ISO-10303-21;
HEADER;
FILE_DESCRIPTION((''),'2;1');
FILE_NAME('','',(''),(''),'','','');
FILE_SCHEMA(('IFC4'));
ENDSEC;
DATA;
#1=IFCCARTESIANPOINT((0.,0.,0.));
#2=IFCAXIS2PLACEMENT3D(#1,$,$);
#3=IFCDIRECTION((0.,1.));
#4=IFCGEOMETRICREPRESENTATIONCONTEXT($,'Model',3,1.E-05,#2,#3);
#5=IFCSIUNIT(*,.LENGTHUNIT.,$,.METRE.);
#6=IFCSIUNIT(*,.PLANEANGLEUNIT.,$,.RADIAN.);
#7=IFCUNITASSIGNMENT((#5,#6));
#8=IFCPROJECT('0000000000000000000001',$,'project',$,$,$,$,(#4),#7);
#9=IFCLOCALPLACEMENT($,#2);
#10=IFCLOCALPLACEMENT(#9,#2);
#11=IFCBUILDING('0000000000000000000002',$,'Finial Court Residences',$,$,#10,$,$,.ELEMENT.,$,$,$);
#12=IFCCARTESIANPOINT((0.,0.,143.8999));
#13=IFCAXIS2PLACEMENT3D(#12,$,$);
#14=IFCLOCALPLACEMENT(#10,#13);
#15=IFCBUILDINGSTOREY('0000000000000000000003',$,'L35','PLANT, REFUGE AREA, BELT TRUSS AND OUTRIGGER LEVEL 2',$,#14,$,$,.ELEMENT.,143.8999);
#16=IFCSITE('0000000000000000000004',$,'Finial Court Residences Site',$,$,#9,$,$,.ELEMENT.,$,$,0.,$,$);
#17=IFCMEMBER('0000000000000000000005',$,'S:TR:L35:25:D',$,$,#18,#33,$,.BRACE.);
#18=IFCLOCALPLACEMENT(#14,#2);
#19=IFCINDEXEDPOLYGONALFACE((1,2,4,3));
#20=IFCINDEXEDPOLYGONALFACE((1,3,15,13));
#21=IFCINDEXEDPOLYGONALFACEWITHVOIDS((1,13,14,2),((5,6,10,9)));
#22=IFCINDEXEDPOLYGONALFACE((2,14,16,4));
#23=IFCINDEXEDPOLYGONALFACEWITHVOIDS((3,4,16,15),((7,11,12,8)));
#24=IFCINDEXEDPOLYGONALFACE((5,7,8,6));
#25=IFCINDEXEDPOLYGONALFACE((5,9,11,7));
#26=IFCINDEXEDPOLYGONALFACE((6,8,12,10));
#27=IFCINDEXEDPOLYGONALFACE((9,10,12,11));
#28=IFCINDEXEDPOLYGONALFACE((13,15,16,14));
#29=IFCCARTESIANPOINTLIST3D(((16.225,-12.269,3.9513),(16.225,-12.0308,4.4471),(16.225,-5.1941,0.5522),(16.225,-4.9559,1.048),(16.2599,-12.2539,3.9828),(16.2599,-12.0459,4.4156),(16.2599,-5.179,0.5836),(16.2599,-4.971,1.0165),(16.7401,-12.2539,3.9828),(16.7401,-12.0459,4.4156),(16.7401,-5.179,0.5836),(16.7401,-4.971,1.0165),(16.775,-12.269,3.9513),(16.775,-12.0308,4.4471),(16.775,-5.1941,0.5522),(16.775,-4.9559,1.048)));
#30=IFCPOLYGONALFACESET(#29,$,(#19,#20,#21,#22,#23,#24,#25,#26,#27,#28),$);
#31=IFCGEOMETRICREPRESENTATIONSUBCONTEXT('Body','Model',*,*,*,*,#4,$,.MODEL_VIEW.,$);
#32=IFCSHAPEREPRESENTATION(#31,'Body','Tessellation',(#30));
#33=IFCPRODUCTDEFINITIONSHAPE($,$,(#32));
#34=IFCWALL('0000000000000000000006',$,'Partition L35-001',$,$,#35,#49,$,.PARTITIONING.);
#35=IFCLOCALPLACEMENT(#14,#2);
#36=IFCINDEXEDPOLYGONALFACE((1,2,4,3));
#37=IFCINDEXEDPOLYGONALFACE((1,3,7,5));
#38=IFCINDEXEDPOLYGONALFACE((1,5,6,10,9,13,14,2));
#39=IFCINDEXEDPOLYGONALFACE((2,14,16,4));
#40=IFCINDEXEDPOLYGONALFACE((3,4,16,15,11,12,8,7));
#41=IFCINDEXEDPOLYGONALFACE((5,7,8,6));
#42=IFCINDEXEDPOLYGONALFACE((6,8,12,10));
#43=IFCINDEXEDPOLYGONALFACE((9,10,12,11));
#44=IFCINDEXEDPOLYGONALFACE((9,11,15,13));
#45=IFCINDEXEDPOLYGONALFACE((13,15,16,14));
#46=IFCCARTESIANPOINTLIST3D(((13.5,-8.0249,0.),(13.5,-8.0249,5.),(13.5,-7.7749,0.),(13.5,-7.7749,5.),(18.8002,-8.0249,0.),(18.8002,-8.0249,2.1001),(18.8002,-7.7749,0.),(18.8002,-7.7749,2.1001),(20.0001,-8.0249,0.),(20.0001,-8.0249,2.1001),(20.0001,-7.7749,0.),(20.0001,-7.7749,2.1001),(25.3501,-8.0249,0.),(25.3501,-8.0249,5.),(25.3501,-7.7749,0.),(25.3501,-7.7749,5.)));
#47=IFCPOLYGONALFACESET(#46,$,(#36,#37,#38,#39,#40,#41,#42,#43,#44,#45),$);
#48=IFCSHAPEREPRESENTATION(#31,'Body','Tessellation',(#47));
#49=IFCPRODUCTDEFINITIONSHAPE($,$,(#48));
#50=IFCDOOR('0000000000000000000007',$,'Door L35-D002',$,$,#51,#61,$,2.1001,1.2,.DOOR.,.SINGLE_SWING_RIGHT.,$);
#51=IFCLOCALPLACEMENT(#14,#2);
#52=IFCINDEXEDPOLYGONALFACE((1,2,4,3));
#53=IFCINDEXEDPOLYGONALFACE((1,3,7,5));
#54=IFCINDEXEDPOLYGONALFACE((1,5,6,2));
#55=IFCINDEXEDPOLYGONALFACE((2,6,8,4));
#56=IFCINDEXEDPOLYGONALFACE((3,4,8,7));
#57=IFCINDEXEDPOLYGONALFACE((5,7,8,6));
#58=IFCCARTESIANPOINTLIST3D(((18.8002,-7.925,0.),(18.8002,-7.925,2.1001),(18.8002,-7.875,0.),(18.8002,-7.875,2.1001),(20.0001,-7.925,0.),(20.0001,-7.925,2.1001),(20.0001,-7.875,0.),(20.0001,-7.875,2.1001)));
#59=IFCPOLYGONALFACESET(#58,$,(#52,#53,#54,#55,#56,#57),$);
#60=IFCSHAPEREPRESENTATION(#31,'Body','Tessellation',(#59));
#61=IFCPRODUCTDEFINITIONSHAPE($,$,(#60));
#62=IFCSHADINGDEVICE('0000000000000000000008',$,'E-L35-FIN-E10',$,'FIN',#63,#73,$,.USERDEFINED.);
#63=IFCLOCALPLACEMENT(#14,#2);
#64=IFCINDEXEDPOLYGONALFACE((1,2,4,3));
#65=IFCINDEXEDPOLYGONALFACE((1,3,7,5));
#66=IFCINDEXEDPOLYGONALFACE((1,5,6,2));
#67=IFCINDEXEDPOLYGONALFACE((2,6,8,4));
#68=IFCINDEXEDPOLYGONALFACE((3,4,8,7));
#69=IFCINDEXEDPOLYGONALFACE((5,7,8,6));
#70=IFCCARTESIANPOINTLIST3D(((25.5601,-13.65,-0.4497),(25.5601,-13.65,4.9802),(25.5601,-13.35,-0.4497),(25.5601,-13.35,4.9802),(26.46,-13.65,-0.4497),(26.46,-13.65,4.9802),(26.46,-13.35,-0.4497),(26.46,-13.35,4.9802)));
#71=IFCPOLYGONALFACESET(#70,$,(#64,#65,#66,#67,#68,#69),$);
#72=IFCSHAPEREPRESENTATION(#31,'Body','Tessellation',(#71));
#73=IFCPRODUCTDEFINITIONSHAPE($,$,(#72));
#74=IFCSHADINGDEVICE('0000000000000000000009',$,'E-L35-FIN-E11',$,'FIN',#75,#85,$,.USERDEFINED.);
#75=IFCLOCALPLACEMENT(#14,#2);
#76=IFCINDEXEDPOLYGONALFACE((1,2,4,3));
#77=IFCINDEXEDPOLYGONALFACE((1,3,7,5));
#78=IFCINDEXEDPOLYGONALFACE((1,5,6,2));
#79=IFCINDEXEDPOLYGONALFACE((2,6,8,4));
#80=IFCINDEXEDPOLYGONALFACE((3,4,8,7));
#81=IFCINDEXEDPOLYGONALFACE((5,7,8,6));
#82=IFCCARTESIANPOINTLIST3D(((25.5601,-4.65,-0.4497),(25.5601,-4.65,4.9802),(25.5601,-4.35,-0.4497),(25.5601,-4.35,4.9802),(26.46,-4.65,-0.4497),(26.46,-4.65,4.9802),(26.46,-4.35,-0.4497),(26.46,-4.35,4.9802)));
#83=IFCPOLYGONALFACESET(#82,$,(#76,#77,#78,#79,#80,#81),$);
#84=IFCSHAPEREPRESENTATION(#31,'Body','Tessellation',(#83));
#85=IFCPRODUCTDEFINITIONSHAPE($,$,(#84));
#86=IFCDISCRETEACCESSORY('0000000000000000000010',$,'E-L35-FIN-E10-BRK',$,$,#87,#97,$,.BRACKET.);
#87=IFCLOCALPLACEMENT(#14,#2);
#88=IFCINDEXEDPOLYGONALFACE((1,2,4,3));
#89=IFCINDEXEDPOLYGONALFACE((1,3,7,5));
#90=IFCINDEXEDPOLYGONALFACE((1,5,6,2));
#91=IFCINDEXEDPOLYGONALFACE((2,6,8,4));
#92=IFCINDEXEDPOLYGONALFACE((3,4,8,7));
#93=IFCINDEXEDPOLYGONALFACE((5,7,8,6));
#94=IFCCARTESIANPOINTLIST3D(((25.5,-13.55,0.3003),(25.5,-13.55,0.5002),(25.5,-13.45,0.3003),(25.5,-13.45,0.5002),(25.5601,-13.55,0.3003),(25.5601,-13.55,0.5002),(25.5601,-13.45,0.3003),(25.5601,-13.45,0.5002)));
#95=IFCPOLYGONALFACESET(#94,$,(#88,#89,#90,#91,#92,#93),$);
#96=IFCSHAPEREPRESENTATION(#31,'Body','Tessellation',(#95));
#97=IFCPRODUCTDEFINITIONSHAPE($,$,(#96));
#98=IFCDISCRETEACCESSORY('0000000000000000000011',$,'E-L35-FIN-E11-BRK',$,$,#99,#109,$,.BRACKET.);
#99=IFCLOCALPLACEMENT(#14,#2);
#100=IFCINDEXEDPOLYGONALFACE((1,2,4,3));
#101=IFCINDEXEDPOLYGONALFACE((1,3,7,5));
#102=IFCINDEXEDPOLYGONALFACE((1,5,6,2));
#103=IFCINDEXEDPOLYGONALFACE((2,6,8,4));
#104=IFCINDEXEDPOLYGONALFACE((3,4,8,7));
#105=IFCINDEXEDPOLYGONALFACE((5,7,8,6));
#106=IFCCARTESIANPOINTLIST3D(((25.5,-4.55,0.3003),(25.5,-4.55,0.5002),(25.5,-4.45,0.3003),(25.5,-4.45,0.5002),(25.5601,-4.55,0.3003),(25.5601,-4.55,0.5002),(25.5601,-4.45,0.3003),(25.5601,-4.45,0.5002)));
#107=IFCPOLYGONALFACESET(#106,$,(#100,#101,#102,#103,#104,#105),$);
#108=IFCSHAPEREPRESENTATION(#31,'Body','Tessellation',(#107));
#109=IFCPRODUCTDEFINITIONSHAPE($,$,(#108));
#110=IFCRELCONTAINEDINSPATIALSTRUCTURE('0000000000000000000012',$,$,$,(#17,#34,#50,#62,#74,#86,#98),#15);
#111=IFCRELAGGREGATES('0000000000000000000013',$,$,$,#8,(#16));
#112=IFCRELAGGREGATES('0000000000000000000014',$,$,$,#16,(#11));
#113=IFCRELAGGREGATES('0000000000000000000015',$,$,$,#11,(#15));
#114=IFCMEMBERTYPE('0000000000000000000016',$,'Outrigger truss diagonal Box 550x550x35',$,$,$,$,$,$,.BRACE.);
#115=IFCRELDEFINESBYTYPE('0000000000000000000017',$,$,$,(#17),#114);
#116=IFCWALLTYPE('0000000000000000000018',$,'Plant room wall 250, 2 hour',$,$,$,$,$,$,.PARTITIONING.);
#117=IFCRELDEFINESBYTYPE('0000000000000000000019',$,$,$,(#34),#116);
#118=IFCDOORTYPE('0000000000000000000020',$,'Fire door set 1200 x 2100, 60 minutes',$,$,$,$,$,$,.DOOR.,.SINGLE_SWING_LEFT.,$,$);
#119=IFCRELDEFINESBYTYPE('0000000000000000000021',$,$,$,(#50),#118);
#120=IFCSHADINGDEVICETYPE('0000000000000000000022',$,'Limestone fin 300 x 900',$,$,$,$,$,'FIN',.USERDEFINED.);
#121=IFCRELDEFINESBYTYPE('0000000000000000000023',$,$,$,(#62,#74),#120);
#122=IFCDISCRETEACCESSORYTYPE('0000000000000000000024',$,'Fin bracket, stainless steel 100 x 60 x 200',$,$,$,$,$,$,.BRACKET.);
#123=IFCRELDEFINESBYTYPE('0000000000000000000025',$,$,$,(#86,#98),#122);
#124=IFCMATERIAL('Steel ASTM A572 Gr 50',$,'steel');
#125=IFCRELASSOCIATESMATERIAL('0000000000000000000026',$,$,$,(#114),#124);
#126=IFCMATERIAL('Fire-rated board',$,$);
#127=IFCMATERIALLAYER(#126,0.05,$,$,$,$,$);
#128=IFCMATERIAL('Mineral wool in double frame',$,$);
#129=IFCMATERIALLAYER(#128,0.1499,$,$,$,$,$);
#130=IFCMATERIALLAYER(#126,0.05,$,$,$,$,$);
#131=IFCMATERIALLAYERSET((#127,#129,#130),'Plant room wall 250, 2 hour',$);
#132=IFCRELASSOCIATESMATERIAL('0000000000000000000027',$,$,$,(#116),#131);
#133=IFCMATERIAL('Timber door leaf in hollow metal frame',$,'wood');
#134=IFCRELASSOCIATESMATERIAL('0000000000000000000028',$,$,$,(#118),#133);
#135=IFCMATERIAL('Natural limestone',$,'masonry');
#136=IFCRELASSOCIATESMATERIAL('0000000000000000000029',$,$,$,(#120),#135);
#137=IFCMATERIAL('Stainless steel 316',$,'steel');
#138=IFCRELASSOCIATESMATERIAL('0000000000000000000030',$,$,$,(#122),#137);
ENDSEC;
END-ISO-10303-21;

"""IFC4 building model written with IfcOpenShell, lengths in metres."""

from ifc_helpers import new_model, si_unit, direction, frame, frame_2d, origin, origin_2d, place, context, subcontext, project, spatial, rectangle, hollow_rectangle, extrude, material, layer, layer_set, material_profile, profile_set, type_object, element, fill, save


model = new_model("IFC4")

# Units and contexts
model_context = context("Model", 3, precision=1e-05, world=origin(), true_north=direction((0.0, 1.0)))
body_context = subcontext(model_context, "Body", "Model", "MODEL_VIEW")
ifc_project = project(units=[si_unit("LENGTHUNIT", "METRE"), si_unit("PLANEANGLEUNIT", "RADIAN")], contexts=[model_context])

# Site, building, storey
site_placement = place(None, origin())
site = spatial("IfcSite", under=ifc_project, at=site_placement, Name="Finial Court Residences Site", CompositionType="ELEMENT", RefElevation=0.0)
building_placement = place(site_placement, origin())
building = spatial("IfcBuilding", under=site, at=building_placement, Name="Finial Court Residences", CompositionType="ELEMENT")
storey_placement = place(building_placement, frame((0.0, 0.0, 143.8999)))
storey = spatial("IfcBuildingStorey", under=building, at=storey_placement, Name="L35", Description="PLANT, REFUGE AREA, BELT TRUSS AND OUTRIGGER LEVEL 2", CompositionType="ELEMENT", Elevation=143.8999)

# Member
ifc_material_1 = material(Name="Steel ASTM A572 Gr 50", Category="steel")
ifc_material_profile_1 = material_profile(ifc_material_1, hollow_rectangle(XDim=0.55, YDim=0.55, WallThickness=0.0349, at=origin_2d()), Name="Box 550x550x35")
ifc_profile_set_1 = profile_set([ifc_material_profile_1], Name="Steel ASTM A572 Gr 50")
member_type_1 = type_object("IfcMemberType", Name="Outrigger truss diagonal Box 550x550x35", PredefinedType="BRACE", material=ifc_profile_set_1)
member_1_placement = place(storey_placement, frame((16.5, -12.1499, 4.1992), z_axis=(0.0, 0.901364, -0.433062), x_axis=(-1.0, 0.0, 0.0)))
element("IfcMember", 1, at=member_1_placement, inside=storey, type_object=member_type_1, Name="S:TR:L35:25:D", PredefinedType="BRACE", context=body_context, shape_type="SweptSolid", body=[
    extrude(hollow_rectangle(XDim=0.55, YDim=0.55, WallThickness=0.0349, at=origin_2d()), origin(), (0.0, 0.0, 1.0), 7.8491),
])

# Wall, opening, door
ifc_material_2 = material(Name="Fire-rated board")
ifc_layer_1 = layer(ifc_material_2, 0.05)
ifc_material_3 = material(Name="Mineral wool in double frame")
ifc_layer_2 = layer(ifc_material_3, 0.1499)
ifc_layer_3 = layer(ifc_material_2, 0.05)
ifc_layer_set = layer_set([ifc_layer_1, ifc_layer_2, ifc_layer_3], Name="Plant room wall 250, 2 hour")
wall_type = type_object("IfcWallType", Name="Plant room wall 250, 2 hour", PredefinedType="PARTITIONING", material=ifc_layer_set)
wall_placement = place(storey_placement, frame((13.5, -7.8999, 0.0), z_axis=(0.0, 0.0, 1.0), x_axis=(1.0, 0.0, 0.0)))
wall = element("IfcWall", 2, at=wall_placement, inside=storey, type_object=wall_type, Name="Partition L35-001", PredefinedType="PARTITIONING", context=body_context, shape_type="SweptSolid", body=[
    extrude(rectangle(XDim=11.8501, YDim=0.25, at=frame_2d((5.925, 0.0))), origin(), (0.0, 0.0, 1.0), 5.0),
])
opening_placement = place(wall_placement, frame((5.3, 0.0, 0.0)))
opening = element("IfcOpeningElement", 3, at=opening_placement, cuts=wall, PredefinedType="OPENING", context=body_context, shape_type="SweptSolid", body=[
    extrude(rectangle(XDim=1.2, YDim=2.1001, at=frame_2d((0.6001, 1.05))), frame((0.0, 0.135, 0.0), z_axis=(0.0, -1.0, 0.0), x_axis=(1.0, 0.0, 0.0)), (0.0, 0.0, 1.0), 0.27),
])
ifc_material_4 = material(Name="Timber door leaf in hollow metal frame", Category="wood")
door_type = type_object("IfcDoorType", Name="Fire door set 1200 x 2100, 60 minutes", OperationType="SINGLE_SWING_LEFT", PredefinedType="DOOR", material=ifc_material_4)
door_placement = place(opening_placement, origin())
door = element("IfcDoor", 4, at=door_placement, inside=storey, type_object=door_type, Name="Door L35-D002", OperationType="SINGLE_SWING_RIGHT", OverallHeight=2.1001, OverallWidth=1.2, PredefinedType="DOOR", context=body_context, shape_type="SweptSolid", body=[
    extrude(rectangle(XDim=1.2, YDim=2.1001, at=frame_2d((0.6001, 1.05))), frame((0.0, 0.0249, 0.0), z_axis=(0.0, -1.0, 0.0), x_axis=(1.0, 0.0, 0.0)), (0.0, 0.0, 1.0), 0.05),
])
fill(opening, door)

# Shading devices
ifc_material_5 = material(Name="Natural limestone", Category="masonry")
shading_device_type = type_object("IfcShadingDeviceType", Name="Limestone fin 300 x 900", ElementType="FIN", PredefinedType="USERDEFINED", material=ifc_material_5)
for number, where, z_axis, x_axis, name in (
    (5, (26.01, -13.5, -0.4497), (0.0, 0.0, 1.0), (1.0, 0.0, 0.0), "E-L35-FIN-E10"),
    (6, (26.01, -4.5, -0.4497), (0.0, 0.0, 1.0), (1.0, 0.0, 0.0), "E-L35-FIN-E11"),
):
    element("IfcShadingDevice", number, at=place(storey_placement, frame(where, z_axis=z_axis, x_axis=x_axis)), inside=storey, type_object=shading_device_type, Name=name, ObjectType="FIN", PredefinedType="USERDEFINED", context=body_context, shape_type="SweptSolid", body=[
        extrude(rectangle(XDim=0.8999, YDim=0.3, at=origin_2d()), origin(), (0.0, 0.0, 1.0), 5.4299),
    ])

# Discrete accessories
ifc_material_6 = material(Name="Stainless steel 316", Category="steel")
discrete_accessory_type = type_object("IfcDiscreteAccessoryType", Name="Fin bracket, stainless steel 100 x 60 x 200", PredefinedType="BRACKET", material=ifc_material_6)
for number, where, z_axis, x_axis, name in (
    (7, (25.53, -13.5, 0.3003), (0.0, 0.0, 1.0), (1.0, 0.0, 0.0), "E-L35-FIN-E10-BRK"),
    (8, (25.53, -4.5, 0.3003), (0.0, 0.0, 1.0), (1.0, 0.0, 0.0), "E-L35-FIN-E11-BRK"),
):
    element("IfcDiscreteAccessory", number, at=place(storey_placement, frame(where, z_axis=z_axis, x_axis=x_axis)), inside=storey, type_object=discrete_accessory_type, Name=name, PredefinedType="BRACKET", context=body_context, shape_type="SweptSolid", body=[
        extrude(rectangle(XDim=0.0601, YDim=0.1001, at=origin_2d()), origin(), (0.0, 0.0, 1.0), 0.2),
    ])

save(model, "model.ifc")
